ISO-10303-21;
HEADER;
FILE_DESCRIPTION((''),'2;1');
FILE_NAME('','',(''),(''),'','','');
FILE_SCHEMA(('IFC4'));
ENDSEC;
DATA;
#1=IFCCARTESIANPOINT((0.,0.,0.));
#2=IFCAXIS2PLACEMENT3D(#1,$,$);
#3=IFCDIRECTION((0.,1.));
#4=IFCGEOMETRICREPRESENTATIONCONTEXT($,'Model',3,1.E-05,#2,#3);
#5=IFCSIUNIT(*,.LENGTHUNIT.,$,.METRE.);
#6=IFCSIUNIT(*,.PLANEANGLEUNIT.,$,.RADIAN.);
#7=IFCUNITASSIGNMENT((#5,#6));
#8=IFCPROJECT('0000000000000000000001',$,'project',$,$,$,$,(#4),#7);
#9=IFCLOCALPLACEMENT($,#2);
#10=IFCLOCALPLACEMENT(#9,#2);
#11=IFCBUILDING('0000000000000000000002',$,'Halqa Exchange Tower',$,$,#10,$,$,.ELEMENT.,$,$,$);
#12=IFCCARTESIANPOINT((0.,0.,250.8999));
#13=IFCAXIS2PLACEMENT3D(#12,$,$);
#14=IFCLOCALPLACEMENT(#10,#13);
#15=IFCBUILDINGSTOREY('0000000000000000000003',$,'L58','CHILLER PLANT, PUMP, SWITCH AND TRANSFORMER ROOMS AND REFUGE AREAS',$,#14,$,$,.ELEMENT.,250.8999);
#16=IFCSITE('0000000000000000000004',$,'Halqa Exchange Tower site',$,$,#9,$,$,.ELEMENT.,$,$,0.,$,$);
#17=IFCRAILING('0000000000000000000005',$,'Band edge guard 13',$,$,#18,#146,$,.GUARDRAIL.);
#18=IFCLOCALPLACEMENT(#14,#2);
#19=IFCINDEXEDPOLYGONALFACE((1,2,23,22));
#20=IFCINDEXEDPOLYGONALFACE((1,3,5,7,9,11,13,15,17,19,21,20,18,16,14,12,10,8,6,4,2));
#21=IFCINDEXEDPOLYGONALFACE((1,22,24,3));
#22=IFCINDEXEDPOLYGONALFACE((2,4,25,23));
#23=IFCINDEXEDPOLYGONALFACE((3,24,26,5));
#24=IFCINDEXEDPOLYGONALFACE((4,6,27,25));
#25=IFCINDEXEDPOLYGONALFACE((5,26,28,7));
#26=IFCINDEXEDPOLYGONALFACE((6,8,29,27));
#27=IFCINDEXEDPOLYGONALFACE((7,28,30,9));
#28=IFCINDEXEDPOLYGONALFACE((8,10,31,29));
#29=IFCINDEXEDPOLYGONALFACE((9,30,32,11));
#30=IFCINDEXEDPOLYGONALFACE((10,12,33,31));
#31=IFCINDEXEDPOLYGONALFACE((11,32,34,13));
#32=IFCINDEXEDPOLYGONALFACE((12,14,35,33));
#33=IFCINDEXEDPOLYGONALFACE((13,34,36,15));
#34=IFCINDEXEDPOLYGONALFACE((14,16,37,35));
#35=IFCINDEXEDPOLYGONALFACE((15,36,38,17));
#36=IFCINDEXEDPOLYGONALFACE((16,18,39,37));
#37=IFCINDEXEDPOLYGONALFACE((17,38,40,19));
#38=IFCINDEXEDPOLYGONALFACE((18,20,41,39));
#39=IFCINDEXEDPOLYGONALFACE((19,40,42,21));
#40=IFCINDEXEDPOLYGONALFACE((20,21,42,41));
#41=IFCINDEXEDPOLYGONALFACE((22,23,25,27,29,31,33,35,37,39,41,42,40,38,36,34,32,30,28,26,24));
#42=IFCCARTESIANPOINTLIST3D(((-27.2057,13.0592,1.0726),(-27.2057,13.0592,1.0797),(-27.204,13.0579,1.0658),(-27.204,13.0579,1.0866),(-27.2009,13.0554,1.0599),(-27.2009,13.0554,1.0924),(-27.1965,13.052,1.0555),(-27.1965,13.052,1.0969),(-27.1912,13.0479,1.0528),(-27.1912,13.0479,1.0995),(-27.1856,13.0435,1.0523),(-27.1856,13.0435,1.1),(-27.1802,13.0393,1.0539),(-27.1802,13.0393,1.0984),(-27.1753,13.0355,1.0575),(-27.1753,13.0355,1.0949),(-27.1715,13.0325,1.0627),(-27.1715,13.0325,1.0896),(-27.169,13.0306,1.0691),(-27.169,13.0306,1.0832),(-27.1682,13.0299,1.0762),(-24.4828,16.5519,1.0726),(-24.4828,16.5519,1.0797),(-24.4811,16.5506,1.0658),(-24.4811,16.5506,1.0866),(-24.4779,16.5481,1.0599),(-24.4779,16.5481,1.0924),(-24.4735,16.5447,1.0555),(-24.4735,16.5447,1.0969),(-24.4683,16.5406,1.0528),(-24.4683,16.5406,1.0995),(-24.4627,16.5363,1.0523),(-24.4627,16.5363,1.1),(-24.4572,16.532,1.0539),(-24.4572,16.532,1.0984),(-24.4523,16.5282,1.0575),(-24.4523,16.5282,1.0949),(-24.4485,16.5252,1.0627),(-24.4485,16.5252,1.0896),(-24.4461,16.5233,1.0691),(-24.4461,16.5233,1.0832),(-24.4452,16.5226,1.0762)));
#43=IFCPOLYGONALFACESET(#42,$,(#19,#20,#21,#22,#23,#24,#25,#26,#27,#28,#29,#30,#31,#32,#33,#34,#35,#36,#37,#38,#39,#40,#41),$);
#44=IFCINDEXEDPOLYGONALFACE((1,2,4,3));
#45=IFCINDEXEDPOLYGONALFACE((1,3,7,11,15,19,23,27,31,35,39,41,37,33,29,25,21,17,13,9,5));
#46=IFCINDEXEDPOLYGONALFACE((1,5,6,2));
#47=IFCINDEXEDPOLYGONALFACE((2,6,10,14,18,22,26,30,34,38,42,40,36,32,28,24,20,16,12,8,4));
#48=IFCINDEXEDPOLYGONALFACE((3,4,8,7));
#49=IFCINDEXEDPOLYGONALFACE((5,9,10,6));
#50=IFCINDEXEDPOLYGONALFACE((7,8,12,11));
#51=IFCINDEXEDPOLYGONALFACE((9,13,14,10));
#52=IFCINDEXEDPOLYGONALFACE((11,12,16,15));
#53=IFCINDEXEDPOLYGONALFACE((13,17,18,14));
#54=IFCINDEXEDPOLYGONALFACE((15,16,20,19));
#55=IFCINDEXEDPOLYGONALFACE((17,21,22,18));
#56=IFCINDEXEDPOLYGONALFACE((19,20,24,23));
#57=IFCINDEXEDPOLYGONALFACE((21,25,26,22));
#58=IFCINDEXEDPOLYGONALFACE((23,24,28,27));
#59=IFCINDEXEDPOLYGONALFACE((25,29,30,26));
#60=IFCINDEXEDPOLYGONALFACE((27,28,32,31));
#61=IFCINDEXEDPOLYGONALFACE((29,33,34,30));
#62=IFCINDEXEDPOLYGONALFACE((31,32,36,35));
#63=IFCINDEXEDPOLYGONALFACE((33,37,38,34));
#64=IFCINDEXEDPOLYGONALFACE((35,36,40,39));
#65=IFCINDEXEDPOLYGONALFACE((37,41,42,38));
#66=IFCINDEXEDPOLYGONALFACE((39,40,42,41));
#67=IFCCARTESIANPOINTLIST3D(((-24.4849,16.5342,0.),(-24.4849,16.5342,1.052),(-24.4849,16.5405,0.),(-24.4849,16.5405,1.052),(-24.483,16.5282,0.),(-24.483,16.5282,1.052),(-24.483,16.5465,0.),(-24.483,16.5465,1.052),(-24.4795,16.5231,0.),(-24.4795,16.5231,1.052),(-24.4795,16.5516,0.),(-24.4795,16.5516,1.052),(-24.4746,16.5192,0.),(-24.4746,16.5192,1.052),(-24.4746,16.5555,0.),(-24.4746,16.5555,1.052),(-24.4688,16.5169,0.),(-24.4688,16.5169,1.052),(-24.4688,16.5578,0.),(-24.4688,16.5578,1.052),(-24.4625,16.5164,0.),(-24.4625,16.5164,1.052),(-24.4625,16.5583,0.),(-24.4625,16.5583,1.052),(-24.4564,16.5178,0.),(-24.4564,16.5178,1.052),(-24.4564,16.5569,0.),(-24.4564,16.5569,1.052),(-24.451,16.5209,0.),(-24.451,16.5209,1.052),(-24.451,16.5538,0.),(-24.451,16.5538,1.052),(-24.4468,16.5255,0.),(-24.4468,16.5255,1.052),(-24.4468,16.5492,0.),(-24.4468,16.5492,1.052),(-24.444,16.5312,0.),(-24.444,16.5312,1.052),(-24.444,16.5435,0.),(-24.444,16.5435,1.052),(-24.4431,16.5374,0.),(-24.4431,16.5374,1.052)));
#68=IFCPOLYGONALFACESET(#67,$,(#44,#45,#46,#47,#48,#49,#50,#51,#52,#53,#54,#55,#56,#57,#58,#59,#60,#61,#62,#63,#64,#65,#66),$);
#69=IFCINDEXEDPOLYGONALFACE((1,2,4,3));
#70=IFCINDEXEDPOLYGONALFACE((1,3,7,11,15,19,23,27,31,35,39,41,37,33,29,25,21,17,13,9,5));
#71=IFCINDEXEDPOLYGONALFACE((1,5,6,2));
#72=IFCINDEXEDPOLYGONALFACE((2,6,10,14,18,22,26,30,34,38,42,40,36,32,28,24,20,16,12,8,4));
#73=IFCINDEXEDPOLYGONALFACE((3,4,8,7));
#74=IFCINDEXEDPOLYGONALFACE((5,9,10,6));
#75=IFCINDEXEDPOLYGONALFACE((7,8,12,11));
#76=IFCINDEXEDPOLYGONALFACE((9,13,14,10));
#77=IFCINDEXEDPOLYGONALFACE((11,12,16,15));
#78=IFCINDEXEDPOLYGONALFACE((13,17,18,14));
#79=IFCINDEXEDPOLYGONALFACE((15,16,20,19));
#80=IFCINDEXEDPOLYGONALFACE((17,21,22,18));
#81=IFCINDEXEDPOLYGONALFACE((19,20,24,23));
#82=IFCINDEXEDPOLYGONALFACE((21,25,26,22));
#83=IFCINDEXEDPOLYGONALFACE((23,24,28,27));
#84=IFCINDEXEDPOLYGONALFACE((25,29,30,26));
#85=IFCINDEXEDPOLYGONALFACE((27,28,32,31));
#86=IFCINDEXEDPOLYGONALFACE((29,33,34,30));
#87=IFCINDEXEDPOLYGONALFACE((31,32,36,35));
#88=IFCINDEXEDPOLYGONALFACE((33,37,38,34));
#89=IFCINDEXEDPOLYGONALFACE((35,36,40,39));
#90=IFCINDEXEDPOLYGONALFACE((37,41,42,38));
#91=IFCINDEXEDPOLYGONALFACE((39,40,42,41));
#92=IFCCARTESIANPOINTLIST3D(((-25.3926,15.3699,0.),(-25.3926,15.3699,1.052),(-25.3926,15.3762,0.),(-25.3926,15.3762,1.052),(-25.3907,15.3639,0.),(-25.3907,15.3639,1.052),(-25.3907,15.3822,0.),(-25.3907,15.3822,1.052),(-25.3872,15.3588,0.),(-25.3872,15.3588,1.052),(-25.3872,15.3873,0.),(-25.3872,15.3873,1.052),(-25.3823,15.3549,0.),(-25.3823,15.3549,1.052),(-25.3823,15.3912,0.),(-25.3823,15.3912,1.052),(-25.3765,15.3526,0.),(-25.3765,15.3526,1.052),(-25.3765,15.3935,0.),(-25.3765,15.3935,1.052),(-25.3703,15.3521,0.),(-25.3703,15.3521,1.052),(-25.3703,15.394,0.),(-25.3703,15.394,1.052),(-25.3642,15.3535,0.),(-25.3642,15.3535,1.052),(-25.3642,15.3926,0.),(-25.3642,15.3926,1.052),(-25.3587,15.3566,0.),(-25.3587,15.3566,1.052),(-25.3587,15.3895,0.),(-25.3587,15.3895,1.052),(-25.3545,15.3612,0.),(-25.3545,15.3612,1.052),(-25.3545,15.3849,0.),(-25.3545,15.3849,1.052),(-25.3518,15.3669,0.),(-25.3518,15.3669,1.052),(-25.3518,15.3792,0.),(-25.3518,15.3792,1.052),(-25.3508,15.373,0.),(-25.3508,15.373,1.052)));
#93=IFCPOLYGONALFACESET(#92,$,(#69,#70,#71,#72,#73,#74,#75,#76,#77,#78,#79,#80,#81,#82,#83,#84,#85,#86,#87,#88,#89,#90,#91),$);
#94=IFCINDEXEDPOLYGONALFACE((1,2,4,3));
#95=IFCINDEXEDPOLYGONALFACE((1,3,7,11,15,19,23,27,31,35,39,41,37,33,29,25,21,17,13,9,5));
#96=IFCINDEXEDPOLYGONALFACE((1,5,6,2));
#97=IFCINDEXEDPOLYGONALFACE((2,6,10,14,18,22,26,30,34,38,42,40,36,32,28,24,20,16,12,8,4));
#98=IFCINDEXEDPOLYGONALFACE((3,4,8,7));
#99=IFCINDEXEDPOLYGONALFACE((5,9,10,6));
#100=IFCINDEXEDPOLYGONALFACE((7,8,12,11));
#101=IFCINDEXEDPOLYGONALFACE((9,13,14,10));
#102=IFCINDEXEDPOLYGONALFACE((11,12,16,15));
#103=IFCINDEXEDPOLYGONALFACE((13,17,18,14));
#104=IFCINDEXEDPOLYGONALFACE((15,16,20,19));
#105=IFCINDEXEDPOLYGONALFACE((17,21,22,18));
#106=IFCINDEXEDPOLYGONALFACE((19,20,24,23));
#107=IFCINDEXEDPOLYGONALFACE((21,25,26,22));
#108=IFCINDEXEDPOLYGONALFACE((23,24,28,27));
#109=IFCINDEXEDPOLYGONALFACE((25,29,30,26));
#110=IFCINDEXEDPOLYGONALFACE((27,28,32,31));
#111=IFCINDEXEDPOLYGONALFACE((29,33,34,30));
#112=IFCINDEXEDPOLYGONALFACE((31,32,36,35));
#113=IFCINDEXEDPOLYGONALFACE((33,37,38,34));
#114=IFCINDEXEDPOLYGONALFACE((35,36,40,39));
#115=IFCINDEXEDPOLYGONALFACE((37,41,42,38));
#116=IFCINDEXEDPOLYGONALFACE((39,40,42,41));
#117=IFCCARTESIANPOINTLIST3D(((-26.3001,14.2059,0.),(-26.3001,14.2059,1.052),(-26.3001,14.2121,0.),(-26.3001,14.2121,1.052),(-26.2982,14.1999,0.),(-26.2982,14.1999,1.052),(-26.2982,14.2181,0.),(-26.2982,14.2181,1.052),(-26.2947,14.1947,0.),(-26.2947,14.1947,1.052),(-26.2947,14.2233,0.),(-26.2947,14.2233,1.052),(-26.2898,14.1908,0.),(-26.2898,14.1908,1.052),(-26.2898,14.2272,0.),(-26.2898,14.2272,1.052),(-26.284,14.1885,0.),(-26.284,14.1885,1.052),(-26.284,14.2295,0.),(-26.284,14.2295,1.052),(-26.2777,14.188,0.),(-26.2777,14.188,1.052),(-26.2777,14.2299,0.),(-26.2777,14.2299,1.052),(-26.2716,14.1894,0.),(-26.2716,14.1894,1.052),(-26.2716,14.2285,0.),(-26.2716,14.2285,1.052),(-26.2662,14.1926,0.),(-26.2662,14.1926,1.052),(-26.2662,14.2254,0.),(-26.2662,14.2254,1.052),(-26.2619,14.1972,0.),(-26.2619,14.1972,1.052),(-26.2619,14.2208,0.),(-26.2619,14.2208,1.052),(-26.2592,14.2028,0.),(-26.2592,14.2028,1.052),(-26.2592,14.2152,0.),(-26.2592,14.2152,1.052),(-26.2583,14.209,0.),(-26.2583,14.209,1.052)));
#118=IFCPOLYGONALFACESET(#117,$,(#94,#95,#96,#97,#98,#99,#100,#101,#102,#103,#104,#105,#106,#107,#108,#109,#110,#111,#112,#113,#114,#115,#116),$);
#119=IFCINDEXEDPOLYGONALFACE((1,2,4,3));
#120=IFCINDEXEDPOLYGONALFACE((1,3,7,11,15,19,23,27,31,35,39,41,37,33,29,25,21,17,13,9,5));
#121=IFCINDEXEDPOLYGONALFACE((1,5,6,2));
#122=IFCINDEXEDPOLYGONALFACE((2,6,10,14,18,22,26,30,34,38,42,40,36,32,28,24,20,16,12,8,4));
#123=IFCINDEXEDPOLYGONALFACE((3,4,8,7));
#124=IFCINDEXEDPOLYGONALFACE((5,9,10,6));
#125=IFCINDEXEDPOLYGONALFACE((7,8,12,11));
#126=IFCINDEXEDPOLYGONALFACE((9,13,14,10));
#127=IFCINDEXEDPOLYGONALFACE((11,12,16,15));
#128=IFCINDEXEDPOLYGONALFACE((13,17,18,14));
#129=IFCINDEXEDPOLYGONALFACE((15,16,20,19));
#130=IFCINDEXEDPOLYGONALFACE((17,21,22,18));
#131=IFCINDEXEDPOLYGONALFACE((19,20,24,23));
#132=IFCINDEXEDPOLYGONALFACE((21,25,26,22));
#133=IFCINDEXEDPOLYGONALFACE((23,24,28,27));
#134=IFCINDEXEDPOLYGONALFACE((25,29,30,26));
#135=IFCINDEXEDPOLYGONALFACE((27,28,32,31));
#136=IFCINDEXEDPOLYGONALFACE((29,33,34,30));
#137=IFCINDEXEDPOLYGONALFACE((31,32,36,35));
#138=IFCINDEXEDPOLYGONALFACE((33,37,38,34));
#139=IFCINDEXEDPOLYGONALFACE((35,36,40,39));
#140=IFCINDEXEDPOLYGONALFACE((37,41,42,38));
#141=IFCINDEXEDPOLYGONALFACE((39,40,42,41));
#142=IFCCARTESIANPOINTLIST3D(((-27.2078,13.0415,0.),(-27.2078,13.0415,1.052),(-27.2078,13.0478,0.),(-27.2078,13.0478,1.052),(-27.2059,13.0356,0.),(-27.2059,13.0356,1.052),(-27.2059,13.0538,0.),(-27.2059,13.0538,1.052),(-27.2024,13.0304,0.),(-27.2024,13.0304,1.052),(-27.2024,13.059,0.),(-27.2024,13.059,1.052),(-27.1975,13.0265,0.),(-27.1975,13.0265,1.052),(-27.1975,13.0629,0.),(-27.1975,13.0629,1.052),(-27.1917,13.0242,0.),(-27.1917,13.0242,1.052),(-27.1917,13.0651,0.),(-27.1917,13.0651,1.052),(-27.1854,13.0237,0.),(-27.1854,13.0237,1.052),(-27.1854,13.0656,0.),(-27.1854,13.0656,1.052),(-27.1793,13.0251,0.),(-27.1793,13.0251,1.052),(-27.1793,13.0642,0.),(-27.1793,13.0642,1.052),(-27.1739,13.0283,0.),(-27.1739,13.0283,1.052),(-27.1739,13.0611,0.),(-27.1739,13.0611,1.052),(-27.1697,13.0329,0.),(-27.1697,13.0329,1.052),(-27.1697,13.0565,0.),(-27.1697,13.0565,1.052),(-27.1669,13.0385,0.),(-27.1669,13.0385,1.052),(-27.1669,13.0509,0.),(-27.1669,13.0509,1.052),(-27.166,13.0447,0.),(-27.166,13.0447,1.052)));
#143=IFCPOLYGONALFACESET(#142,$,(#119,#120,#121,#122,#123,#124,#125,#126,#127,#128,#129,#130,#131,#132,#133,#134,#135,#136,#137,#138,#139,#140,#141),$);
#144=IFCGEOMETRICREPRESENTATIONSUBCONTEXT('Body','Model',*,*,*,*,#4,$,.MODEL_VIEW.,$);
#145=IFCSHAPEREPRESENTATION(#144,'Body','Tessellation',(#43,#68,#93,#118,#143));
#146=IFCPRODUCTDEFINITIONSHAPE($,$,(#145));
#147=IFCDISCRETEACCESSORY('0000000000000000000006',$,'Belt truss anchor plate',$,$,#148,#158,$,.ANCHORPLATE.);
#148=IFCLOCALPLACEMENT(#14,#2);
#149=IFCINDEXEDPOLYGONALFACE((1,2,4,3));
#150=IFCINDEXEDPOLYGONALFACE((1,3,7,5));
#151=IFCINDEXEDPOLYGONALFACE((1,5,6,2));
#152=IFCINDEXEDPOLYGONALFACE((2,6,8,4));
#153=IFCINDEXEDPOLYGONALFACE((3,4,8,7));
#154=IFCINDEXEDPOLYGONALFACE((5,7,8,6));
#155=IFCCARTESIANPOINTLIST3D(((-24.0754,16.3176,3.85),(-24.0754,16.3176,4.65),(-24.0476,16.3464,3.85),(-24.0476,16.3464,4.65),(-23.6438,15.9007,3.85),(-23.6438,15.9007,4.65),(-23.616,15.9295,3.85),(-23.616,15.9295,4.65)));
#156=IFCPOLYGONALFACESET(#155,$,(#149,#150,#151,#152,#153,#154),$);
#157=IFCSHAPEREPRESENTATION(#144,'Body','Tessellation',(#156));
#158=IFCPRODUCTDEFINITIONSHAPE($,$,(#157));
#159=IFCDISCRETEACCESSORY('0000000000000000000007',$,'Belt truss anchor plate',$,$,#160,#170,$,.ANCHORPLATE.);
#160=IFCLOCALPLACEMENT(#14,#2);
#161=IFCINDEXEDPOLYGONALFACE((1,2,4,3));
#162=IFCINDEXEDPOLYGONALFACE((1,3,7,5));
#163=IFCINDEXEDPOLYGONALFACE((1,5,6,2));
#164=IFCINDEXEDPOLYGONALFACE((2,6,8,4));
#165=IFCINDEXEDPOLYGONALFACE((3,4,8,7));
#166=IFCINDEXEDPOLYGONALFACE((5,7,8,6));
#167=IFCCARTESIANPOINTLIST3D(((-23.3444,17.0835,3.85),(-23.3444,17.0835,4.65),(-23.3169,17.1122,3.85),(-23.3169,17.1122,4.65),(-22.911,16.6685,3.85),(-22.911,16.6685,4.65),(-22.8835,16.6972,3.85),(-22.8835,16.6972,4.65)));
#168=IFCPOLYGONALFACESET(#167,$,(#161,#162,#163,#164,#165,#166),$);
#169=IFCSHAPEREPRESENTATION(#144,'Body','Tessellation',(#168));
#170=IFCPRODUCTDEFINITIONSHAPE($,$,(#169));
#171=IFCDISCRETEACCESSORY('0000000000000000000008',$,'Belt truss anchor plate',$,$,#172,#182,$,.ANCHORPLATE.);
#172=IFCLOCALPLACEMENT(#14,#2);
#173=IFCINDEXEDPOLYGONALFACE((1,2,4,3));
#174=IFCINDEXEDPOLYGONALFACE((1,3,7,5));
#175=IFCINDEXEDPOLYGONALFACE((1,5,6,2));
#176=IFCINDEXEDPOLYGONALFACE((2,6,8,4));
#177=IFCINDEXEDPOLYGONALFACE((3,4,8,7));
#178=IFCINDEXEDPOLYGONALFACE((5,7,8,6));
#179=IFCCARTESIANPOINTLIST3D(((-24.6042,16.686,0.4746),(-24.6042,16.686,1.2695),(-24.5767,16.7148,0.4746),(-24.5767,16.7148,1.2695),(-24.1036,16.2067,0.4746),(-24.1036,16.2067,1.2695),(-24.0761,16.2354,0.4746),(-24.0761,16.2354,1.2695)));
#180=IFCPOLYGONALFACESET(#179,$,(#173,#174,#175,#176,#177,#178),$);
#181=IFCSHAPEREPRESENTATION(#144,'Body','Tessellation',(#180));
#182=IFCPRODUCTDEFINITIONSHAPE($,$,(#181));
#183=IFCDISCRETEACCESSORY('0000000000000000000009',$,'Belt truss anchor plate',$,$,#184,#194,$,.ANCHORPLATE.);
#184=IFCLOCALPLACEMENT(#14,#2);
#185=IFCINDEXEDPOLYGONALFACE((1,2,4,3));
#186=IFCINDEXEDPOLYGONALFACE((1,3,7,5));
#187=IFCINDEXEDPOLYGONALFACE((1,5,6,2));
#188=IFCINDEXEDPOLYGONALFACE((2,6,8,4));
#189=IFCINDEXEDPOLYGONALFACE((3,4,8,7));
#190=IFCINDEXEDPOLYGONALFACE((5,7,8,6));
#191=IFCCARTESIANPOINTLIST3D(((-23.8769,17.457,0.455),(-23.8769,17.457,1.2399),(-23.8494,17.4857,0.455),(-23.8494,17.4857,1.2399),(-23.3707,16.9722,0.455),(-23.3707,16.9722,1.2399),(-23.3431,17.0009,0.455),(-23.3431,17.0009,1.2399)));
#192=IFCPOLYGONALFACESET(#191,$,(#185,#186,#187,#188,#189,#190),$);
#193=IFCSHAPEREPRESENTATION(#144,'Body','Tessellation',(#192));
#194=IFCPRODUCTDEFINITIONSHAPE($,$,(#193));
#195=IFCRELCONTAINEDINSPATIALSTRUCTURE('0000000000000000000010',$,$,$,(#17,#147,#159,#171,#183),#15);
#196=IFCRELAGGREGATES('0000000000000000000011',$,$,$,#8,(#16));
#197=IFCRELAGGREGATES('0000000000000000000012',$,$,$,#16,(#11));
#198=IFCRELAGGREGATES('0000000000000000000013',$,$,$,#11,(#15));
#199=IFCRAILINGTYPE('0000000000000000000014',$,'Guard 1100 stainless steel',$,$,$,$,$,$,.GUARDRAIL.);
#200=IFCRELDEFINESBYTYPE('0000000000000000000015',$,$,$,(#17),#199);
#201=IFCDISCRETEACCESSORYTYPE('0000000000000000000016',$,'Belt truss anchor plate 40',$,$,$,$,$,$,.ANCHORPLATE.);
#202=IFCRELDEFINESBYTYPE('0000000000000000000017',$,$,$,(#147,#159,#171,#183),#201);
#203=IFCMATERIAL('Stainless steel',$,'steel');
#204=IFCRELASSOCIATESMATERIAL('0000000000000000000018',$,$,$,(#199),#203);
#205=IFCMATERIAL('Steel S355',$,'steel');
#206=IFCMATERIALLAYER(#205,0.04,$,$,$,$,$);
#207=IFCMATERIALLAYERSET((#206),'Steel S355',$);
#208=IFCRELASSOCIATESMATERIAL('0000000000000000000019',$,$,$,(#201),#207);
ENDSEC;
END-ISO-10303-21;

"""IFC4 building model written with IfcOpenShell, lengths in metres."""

from ifc_helpers import new_model, si_unit, direction, frame, origin, origin_2d, place, context, subcontext, project, spatial, rectangle, circle, extrude, material, layer, layer_set, type_object, element, save


model = new_model("IFC4")

# Units and contexts
model_context = context("Model", 3, precision=1e-05, world=origin(), true_north=direction((0.0, 1.0)))
body_context = subcontext(model_context, "Body", "Model", "MODEL_VIEW")
ifc_project = project(units=[si_unit("LENGTHUNIT", "METRE"), si_unit("PLANEANGLEUNIT", "RADIAN")], contexts=[model_context])

# Site, building, storey
site_placement = place(None, origin())
site = spatial("IfcSite", under=ifc_project, at=site_placement, Name="Halqa Exchange Tower site", CompositionType="ELEMENT", RefElevation=0.0)
building_placement = place(site_placement, origin())
building = spatial("IfcBuilding", under=site, at=building_placement, Name="Halqa Exchange Tower", CompositionType="ELEMENT")
storey_placement = place(building_placement, frame((0.0, 0.0, 250.8999)))
storey = spatial("IfcBuildingStorey", under=building, at=storey_placement, Name="L58", Description="CHILLER PLANT, PUMP, SWITCH AND TRANSFORMER ROOMS AND REFUGE AREAS", CompositionType="ELEMENT", Elevation=250.8999)

# Shared definitions
ifc_material_1 = material(Name="Steel S355", Category="steel")

# Railing
ifc_material_2 = material(Name="Stainless steel", Category="steel")
railing_type = type_object("IfcRailingType", Name="Guard 1100 stainless steel", PredefinedType="GUARDRAIL", material=ifc_material_2)
railing_placement = place(storey_placement, frame((-24.4641, 16.5374, 0.0)))
element("IfcRailing", 1, at=railing_placement, inside=storey, type_object=railing_type, Name="Band edge guard 13", PredefinedType="GUARDRAIL", context=body_context, shape_type="SweptSolid", body=[
    extrude(circle(Radius=0.0239, at=origin_2d()), frame((0.0, 0.0, 1.0762), z_axis=(-0.614837, -0.788654, 0.0), x_axis=(0.788654, -0.614837, 0.0)), (0.0, 0.0, 1.0), 4.4287),
    extrude(circle(Radius=0.021, at=origin_2d()), origin(), (0.0, 0.0, 1.0), 1.052),
    extrude(circle(Radius=0.021, at=origin_2d()), frame((-0.9077, -1.1643, 0.0)), (0.0, 0.0, 1.0), 1.052),
    extrude(circle(Radius=0.021, at=origin_2d()), frame((-1.8152, -2.3284, 0.0)), (0.0, 0.0, 1.0), 1.052),
    extrude(circle(Radius=0.021, at=origin_2d()), frame((-2.7229, -3.4927, 0.0)), (0.0, 0.0, 1.0), 1.052),
])

# Discrete accessories
ifc_layer_1 = layer(ifc_material_1, 0.04)
ifc_layer_set_1 = layer_set([ifc_layer_1], Name="Steel S355")
discrete_accessory_type = type_object("IfcDiscreteAccessoryType", Name="Belt truss anchor plate 40", PredefinedType="ANCHORPLATE", material=ifc_layer_set_1)
discrete_accessory_1_placement = place(storey_placement, frame((-23.8318, 16.1379, 4.25), z_axis=(-0.694812, -0.719191, 0.0), x_axis=(0.719191, -0.694812, 0.0)))
element("IfcDiscreteAccessory", 2, at=discrete_accessory_1_placement, inside=storey, type_object=discrete_accessory_type, Name="Belt truss anchor plate", PredefinedType="ANCHORPLATE", context=body_context, shape_type="SweptSolid", body=[
    extrude(rectangle(XDim=0.6001, YDim=0.8, at=origin_2d()), origin(), (0.0, 0.0, 1.0), 0.04),
])
discrete_accessory_2_placement = place(storey_placement, frame((-23.1277, 16.876, 4.25), z_axis=(0.691639, 0.722243, 0.0), x_axis=(-0.722243, 0.691639, 0.0)))
element("IfcDiscreteAccessory", 3, at=discrete_accessory_2_placement, inside=storey, type_object=discrete_accessory_type, Name="Belt truss anchor plate", PredefinedType="ANCHORPLATE", context=body_context, shape_type="SweptSolid", body=[
    extrude(rectangle(XDim=0.6001, YDim=0.8, at=origin_2d()), origin(), (0.0, 0.0, 1.0), 0.0398),
])
discrete_accessory_3_placement = place(storey_placement, frame((-24.3264, 16.4751, 0.8721), z_axis=(-0.691639, -0.722243, 0.0), x_axis=(0.722243, -0.691639, 0.0)))
element("IfcDiscreteAccessory", 4, at=discrete_accessory_3_placement, inside=storey, type_object=discrete_accessory_type, Name="Belt truss anchor plate", PredefinedType="ANCHORPLATE", context=body_context, shape_type="SweptSolid", body=[
    extrude(rectangle(XDim=0.6931, YDim=0.7949, at=origin_2d()), origin(), (0.0, 0.0, 1.0), 0.0398),
])
discrete_accessory_4_placement = place(storey_placement, frame((-23.6238, 17.2146, 0.8474), z_axis=(0.691639, 0.722243, 0.0), x_axis=(-0.722243, 0.691639, 0.0)))
element("IfcDiscreteAccessory", 5, at=discrete_accessory_4_placement, inside=storey, type_object=discrete_accessory_type, Name="Belt truss anchor plate", PredefinedType="ANCHORPLATE", context=body_context, shape_type="SweptSolid", body=[
    extrude(rectangle(XDim=0.7009, YDim=0.7849, at=origin_2d()), origin(), (0.0, 0.0, 1.0), 0.0398),
])

save(model, "model.ifc")
